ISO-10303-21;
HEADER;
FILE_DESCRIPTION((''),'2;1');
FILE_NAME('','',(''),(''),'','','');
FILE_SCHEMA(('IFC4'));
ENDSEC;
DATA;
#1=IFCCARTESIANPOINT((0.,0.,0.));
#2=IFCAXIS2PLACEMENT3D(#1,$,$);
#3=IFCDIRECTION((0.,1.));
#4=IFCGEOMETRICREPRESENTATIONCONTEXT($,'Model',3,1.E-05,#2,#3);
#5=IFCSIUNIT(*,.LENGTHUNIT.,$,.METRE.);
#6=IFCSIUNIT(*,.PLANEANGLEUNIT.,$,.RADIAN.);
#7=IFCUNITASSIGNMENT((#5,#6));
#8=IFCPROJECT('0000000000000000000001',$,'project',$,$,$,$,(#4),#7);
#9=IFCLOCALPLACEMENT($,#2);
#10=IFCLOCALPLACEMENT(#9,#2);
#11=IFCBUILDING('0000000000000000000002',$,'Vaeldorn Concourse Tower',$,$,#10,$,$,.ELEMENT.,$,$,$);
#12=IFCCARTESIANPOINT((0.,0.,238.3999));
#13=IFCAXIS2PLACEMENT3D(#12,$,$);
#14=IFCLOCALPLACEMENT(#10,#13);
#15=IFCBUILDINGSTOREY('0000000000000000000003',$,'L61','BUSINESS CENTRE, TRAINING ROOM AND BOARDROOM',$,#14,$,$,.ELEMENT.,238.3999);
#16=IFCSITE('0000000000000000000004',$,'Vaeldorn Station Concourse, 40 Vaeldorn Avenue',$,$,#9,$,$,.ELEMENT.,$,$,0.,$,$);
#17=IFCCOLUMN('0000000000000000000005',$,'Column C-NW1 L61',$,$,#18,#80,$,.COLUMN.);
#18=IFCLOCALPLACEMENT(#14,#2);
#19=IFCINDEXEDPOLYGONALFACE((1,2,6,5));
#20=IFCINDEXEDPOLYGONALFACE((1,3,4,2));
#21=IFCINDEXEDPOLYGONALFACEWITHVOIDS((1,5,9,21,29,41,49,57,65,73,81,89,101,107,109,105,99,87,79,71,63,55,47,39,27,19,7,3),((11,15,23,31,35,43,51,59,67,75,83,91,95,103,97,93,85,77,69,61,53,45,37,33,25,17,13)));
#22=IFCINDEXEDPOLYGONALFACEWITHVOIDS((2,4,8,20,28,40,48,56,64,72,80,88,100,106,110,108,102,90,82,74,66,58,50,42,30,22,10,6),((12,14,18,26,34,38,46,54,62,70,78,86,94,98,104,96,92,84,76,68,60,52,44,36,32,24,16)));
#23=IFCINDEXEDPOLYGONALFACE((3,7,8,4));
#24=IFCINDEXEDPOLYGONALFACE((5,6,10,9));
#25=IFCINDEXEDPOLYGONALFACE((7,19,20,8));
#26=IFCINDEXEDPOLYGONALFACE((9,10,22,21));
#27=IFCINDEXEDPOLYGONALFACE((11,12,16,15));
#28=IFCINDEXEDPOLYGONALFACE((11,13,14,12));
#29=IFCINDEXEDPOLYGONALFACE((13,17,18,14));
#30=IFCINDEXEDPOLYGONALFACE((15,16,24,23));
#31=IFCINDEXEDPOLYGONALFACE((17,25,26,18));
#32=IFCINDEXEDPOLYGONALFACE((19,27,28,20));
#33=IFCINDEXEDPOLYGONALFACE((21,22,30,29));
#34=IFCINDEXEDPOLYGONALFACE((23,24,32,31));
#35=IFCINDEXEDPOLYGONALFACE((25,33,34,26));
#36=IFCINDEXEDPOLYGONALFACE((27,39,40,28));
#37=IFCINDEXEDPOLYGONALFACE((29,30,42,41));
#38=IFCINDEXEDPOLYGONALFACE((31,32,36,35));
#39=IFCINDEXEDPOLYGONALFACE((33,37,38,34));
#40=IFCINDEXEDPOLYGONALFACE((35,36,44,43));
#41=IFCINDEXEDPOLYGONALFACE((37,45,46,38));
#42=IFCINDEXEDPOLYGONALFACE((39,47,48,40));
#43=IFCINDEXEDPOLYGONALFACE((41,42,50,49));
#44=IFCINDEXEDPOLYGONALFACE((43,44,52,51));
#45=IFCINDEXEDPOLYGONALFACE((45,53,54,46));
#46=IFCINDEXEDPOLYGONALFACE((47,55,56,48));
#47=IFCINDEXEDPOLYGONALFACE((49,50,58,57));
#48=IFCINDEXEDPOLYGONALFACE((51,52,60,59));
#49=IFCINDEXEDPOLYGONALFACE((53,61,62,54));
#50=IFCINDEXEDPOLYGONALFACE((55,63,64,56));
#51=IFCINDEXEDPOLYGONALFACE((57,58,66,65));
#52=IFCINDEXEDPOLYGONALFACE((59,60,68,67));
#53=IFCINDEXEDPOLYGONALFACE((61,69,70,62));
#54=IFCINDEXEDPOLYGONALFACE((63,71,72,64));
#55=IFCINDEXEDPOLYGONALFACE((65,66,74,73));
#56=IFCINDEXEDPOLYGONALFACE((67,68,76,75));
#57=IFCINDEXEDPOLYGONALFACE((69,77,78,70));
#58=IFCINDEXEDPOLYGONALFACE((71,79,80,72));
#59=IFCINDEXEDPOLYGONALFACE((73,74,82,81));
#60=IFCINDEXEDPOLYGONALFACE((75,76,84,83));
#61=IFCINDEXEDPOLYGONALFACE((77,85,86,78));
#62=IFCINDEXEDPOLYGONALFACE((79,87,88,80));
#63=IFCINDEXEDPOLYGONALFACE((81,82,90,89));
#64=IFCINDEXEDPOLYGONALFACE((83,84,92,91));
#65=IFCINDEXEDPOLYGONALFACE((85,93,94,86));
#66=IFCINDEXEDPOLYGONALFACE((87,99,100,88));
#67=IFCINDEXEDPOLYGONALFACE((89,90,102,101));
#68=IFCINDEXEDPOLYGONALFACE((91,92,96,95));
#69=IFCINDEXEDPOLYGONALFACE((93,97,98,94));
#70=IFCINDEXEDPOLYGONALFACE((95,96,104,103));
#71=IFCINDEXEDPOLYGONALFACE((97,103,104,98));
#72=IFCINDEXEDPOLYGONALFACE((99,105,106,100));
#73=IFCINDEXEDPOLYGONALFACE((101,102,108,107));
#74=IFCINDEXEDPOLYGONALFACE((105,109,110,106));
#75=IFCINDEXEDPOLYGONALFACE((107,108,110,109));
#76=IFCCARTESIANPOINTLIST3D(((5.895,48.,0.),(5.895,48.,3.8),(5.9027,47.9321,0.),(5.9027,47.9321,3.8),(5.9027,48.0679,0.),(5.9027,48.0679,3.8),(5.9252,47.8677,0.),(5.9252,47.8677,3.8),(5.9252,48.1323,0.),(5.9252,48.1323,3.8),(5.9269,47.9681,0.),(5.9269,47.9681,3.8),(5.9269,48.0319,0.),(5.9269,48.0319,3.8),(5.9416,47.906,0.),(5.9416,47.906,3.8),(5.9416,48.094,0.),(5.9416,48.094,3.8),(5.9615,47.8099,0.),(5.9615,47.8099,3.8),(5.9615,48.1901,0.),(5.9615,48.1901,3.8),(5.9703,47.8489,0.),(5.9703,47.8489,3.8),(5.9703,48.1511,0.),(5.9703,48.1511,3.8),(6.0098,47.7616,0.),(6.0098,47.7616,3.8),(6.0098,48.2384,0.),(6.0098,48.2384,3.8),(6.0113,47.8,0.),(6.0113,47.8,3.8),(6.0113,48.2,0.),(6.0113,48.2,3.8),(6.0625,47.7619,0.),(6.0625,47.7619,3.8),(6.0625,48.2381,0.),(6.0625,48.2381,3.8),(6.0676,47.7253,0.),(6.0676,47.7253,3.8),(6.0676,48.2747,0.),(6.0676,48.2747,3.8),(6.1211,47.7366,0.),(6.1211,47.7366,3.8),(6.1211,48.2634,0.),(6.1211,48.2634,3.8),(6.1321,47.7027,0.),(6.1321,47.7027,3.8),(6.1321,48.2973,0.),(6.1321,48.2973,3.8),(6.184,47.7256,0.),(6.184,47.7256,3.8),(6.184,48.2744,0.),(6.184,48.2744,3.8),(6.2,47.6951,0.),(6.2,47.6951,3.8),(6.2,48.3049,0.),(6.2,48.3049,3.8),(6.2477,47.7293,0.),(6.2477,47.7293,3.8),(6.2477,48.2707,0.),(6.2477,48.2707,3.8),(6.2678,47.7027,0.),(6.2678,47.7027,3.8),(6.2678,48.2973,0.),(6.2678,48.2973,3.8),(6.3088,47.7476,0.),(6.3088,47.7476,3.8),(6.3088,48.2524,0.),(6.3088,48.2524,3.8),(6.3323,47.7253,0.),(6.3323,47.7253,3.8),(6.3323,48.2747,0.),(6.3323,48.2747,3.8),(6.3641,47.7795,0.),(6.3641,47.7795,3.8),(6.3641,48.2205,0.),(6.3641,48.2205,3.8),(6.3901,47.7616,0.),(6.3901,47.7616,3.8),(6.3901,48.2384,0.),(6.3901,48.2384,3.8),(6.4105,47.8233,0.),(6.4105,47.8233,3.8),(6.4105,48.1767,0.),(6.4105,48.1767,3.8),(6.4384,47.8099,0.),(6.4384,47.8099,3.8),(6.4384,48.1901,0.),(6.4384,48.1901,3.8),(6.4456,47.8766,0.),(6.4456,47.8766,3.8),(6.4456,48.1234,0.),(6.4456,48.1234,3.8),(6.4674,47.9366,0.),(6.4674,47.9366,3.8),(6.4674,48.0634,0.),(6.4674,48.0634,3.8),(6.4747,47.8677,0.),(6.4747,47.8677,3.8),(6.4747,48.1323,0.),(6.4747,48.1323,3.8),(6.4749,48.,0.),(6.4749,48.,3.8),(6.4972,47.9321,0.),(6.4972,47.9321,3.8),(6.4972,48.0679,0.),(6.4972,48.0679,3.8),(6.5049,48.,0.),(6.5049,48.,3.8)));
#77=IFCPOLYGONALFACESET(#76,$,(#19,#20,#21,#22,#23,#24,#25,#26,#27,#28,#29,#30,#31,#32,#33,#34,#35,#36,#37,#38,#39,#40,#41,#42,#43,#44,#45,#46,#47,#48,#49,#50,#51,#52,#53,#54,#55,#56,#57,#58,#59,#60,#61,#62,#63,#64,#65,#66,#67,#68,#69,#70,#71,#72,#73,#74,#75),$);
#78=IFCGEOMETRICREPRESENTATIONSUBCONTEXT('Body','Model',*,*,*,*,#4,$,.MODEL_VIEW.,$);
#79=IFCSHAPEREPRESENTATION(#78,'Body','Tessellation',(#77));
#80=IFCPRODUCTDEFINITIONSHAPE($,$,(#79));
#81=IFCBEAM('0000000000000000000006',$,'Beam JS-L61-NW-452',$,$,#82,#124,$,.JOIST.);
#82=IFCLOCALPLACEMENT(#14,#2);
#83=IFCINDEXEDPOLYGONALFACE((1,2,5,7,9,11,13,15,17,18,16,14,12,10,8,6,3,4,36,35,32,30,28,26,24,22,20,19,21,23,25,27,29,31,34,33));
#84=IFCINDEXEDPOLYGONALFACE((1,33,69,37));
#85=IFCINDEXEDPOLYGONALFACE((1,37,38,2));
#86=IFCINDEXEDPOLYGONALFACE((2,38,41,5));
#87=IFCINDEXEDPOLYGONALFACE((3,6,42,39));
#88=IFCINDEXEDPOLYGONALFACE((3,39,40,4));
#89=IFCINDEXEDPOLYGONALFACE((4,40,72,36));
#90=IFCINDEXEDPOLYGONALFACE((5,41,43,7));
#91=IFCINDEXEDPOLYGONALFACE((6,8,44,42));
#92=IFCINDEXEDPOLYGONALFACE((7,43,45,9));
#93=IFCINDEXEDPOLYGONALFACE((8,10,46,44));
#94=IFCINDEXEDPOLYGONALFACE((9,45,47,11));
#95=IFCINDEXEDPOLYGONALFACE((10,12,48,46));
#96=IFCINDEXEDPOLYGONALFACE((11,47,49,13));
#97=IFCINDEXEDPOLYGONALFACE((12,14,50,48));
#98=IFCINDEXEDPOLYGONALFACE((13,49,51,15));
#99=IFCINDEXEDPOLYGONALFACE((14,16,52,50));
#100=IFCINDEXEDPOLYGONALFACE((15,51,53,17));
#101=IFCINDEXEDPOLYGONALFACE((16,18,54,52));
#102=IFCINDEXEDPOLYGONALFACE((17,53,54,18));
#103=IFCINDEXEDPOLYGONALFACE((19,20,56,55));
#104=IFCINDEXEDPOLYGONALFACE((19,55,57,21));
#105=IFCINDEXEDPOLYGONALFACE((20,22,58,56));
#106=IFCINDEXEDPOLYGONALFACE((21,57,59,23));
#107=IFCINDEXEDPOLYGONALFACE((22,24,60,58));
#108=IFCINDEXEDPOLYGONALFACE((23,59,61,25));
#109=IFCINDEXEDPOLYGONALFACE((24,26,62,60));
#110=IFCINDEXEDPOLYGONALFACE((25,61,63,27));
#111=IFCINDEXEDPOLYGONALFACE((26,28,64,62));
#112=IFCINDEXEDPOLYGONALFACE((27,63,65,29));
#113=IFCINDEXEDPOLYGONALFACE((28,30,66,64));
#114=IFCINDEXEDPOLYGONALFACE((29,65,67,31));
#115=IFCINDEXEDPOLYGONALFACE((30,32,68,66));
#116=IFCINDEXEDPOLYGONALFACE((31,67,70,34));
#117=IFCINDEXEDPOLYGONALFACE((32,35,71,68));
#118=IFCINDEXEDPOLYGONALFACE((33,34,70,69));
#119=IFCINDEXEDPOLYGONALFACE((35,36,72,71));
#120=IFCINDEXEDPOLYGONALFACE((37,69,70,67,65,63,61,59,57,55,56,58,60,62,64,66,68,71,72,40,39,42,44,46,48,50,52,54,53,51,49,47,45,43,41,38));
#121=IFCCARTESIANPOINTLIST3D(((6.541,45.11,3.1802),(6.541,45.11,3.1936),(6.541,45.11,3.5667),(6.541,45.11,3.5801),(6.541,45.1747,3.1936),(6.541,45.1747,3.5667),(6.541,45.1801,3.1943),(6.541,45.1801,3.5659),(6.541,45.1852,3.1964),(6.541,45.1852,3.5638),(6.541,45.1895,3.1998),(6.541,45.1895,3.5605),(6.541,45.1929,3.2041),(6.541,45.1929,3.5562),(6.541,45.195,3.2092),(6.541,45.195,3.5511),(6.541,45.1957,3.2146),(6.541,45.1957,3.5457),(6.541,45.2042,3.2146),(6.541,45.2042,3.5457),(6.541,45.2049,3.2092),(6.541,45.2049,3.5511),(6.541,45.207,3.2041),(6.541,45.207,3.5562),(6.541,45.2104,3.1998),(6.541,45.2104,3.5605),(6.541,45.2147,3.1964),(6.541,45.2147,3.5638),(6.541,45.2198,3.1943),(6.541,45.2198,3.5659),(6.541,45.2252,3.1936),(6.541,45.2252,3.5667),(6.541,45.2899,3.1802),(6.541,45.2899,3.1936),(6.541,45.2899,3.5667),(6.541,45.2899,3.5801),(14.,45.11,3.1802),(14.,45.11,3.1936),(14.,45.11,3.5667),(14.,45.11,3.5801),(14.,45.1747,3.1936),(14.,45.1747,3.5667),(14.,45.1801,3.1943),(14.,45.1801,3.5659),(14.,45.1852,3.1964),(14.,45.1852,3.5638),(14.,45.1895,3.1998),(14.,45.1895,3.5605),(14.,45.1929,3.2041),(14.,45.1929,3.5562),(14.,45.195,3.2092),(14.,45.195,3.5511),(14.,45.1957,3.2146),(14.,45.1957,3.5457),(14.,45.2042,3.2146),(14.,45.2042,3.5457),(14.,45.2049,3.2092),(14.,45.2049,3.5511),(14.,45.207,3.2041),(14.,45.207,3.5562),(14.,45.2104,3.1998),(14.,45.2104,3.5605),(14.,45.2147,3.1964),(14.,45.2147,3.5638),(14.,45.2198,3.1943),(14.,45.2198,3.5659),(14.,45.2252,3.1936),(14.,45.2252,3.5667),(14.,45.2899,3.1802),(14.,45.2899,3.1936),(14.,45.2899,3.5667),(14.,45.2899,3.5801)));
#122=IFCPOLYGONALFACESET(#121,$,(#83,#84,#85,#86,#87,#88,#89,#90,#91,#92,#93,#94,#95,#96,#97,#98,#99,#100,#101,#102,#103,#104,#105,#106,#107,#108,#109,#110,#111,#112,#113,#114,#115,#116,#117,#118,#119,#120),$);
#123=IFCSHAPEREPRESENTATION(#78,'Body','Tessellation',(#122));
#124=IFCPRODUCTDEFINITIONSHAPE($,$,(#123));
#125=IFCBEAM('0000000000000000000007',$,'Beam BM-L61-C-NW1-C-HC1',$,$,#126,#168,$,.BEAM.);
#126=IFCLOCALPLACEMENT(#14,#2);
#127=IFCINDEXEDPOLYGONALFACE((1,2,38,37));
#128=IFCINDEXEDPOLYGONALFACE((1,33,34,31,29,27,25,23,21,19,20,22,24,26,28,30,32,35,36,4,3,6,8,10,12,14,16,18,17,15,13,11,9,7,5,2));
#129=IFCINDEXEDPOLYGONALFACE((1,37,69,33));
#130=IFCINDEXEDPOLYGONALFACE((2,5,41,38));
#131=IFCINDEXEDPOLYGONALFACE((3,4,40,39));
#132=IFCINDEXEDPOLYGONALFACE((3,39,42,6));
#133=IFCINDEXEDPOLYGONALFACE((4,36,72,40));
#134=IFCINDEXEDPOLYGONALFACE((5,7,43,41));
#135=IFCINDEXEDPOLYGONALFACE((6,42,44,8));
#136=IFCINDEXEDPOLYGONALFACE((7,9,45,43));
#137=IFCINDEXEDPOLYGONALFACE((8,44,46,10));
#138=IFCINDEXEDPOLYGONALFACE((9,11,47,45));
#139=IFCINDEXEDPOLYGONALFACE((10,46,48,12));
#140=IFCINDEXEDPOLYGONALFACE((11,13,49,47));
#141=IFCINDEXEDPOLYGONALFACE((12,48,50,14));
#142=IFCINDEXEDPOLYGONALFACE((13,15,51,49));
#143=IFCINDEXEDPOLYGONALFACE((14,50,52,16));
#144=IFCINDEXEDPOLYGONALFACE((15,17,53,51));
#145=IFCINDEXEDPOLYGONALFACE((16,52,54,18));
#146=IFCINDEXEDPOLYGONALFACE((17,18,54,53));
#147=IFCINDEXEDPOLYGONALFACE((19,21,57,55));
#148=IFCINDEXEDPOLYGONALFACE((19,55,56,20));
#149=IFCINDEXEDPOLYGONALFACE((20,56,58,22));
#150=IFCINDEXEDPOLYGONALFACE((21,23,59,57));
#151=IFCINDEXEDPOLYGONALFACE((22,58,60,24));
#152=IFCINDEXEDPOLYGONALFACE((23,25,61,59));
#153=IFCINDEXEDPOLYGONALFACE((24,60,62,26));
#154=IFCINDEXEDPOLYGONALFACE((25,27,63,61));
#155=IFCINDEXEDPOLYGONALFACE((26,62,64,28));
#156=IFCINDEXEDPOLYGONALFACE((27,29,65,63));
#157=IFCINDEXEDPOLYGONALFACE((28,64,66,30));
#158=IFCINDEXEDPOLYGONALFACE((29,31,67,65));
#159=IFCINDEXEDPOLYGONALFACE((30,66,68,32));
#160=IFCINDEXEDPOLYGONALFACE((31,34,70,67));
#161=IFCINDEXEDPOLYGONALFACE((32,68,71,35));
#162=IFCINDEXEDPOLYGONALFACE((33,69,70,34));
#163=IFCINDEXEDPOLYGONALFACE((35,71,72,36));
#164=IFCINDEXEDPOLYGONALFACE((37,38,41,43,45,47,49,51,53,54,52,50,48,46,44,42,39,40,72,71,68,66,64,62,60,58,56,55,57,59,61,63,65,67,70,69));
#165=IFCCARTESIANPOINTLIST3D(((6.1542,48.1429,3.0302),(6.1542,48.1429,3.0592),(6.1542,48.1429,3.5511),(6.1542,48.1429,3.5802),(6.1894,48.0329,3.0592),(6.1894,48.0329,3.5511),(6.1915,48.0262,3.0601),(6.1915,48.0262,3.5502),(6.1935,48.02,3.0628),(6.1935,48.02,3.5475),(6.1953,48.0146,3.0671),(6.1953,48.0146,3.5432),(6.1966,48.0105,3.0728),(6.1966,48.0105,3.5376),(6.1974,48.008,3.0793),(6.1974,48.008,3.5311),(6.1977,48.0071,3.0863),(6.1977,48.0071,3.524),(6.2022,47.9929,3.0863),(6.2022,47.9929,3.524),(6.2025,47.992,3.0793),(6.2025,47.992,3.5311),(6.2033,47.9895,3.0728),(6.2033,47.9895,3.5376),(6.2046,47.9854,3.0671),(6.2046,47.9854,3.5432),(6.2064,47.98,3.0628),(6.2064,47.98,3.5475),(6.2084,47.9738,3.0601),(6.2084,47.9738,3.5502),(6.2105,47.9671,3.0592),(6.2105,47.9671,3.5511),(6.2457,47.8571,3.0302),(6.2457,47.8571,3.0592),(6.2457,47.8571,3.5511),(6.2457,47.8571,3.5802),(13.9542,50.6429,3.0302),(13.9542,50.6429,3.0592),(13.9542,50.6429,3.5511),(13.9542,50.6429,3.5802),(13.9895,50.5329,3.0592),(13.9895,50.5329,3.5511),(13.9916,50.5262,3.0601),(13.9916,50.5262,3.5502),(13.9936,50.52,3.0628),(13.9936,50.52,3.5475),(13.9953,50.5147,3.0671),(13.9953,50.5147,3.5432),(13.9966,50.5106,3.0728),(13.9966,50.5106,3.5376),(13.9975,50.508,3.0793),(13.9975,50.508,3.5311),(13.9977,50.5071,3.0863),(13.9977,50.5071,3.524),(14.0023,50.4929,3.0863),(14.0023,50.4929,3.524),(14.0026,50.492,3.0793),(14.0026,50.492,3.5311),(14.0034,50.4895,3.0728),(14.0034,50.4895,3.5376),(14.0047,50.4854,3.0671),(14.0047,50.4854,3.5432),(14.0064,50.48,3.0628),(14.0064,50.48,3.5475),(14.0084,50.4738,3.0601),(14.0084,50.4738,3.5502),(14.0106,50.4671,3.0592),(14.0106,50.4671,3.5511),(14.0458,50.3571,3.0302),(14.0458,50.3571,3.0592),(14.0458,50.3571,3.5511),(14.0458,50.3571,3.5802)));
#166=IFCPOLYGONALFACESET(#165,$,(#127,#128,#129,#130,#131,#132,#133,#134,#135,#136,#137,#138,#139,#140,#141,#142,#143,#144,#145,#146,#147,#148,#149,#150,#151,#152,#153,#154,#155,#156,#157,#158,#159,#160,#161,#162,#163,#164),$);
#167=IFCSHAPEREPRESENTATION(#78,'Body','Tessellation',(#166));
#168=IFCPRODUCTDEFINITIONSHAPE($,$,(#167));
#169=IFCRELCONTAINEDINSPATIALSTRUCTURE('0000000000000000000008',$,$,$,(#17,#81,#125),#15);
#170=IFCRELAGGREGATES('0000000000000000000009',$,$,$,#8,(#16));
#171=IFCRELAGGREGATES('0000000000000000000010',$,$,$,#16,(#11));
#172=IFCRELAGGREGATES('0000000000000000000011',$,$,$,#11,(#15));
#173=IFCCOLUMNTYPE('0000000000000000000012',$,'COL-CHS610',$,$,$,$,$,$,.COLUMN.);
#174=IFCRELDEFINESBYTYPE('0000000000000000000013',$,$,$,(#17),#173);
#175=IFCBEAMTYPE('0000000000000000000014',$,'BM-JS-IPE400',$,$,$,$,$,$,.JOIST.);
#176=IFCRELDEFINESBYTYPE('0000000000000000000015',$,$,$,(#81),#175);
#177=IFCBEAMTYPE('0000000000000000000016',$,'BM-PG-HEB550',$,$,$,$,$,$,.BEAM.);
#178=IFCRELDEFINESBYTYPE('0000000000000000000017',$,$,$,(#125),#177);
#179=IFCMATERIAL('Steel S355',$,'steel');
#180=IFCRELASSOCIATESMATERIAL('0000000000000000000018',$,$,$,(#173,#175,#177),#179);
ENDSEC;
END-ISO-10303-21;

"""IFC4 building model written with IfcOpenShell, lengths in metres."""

from ifc_helpers import new_model, si_unit, direction, frame, origin, origin_2d, place, context, subcontext, project, spatial, hollow_circle, i_section, extrude, source, transform, mapped, material, material_profile, profile_set, type_object, element, save


model = new_model("IFC4")

# Units and contexts
model_context = context("Model", 3, precision=1e-05, world=origin(), true_north=direction((0.0, 1.0)))
body_context = subcontext(model_context, "Body", "Model", "MODEL_VIEW")
ifc_project = project(units=[si_unit("LENGTHUNIT", "METRE"), si_unit("PLANEANGLEUNIT", "RADIAN")], contexts=[model_context])

# Site, building, storey
site_placement = place(None, origin())
site = spatial("IfcSite", under=ifc_project, at=site_placement, Name="Vaeldorn Station Concourse, 40 Vaeldorn Avenue", CompositionType="ELEMENT", RefElevation=0.0)
building_placement = place(site_placement, origin())
building = spatial("IfcBuilding", under=site, at=building_placement, Name="Vaeldorn Concourse Tower", CompositionType="ELEMENT")
storey_placement = place(building_placement, frame((0.0, 0.0, 238.3999)))
storey = spatial("IfcBuildingStorey", under=building, at=storey_placement, Name="L61", Description="BUSINESS CENTRE, TRAINING ROOM AND BOARDROOM", CompositionType="ELEMENT", Elevation=238.3999)

# Column
ifc_material_1 = material(Name="Steel S355", Category="steel")
ifc_material_profile_1 = material_profile(ifc_material_1, hollow_circle(Radius=0.3049, WallThickness=0.03, at=origin_2d()), Name="CHS 610x30")
ifc_profile_set_1 = profile_set([ifc_material_profile_1], Name="Steel S355")
column_type = type_object("IfcColumnType", Name="COL-CHS610", PredefinedType="COLUMN", material=ifc_profile_set_1)
shared_shape_1 = source(origin(), body_context, "Body", "SweptSolid", [
    extrude(hollow_circle(Radius=0.3049, WallThickness=0.03, at=origin_2d()), origin(), (0.0, 0.0, 1.0), 3.8),
])
column_placement = place(storey_placement, frame((6.2, 48.0, 0.0), z_axis=(0.0, 0.0, 1.0), x_axis=(1.0, 0.0, 0.0)))
element("IfcColumn", 1, at=column_placement, inside=storey, type_object=column_type, Name="Column C-NW1 L61", PredefinedType="COLUMN", context=body_context, shape_type="MappedRepresentation", body=[
    mapped(shared_shape_1, transform((0.0, 0.0, 0.0), scale=1.0)),
])

# Beams
ifc_material_profile_2 = material_profile(ifc_material_1, i_section(OverallWidth=0.1799, OverallDepth=0.3999, WebThickness=0.0085, FlangeThickness=0.0134, FilletRadius=0.021, at=origin_2d()), Name="IPE 400")
ifc_profile_set_2 = profile_set([ifc_material_profile_2], Name="Steel S355")
beam_type_1 = type_object("IfcBeamType", Name="BM-JS-IPE400", PredefinedType="JOIST", material=ifc_profile_set_2)
shared_shape_2 = source(origin(), body_context, "Body", "SweptSolid", [
    extrude(i_section(OverallWidth=0.1799, OverallDepth=0.3999, WebThickness=0.0085, FlangeThickness=0.0134, FilletRadius=0.021, at=origin_2d()), origin(), (0.0, 0.0, 1.0), 7.459),
])
beam_1_placement = place(storey_placement, frame((6.541, 45.2, 3.3801), z_axis=(1.0, 0.0, 0.0), x_axis=(0.0, 1.0, 0.0)))
element("IfcBeam", 2, at=beam_1_placement, inside=storey, type_object=beam_type_1, Name="Beam JS-L61-NW-452", PredefinedType="JOIST", context=body_context, shape_type="MappedRepresentation", body=[
    mapped(shared_shape_2, transform((0.0, 0.0, 0.0), scale=1.0)),
])
ifc_material_profile_3 = material_profile(ifc_material_1, i_section(OverallWidth=0.3, OverallDepth=0.55, WebThickness=0.0149, FlangeThickness=0.0291, FilletRadius=0.0271, at=origin_2d()), Name="HEB 550")
ifc_profile_set_3 = profile_set([ifc_material_profile_3], Name="Steel S355")
beam_type_2 = type_object("IfcBeamType", Name="BM-PG-HEB550", PredefinedType="BEAM", material=ifc_profile_set_3)
shared_shape_3 = source(origin(), body_context, "Body", "SweptSolid", [
    extrude(i_section(OverallWidth=0.3, OverallDepth=0.55, WebThickness=0.0149, FlangeThickness=0.0291, FilletRadius=0.0271, at=origin_2d()), origin(), (0.0, 0.0, 1.0), 8.1909),
])
beam_2_placement = place(storey_placement, frame((6.2, 48.0, 3.3052), z_axis=(0.952283, 0.305217, 0.0), x_axis=(-0.305217, 0.952283, 0.0)))
element("IfcBeam", 3, at=beam_2_placement, inside=storey, type_object=beam_type_2, Name="Beam BM-L61-C-NW1-C-HC1", PredefinedType="BEAM", context=body_context, shape_type="MappedRepresentation", body=[
    mapped(shared_shape_3, transform((0.0, 0.0, 0.0), scale=1.0)),
])

save(model, "model.ifc")
